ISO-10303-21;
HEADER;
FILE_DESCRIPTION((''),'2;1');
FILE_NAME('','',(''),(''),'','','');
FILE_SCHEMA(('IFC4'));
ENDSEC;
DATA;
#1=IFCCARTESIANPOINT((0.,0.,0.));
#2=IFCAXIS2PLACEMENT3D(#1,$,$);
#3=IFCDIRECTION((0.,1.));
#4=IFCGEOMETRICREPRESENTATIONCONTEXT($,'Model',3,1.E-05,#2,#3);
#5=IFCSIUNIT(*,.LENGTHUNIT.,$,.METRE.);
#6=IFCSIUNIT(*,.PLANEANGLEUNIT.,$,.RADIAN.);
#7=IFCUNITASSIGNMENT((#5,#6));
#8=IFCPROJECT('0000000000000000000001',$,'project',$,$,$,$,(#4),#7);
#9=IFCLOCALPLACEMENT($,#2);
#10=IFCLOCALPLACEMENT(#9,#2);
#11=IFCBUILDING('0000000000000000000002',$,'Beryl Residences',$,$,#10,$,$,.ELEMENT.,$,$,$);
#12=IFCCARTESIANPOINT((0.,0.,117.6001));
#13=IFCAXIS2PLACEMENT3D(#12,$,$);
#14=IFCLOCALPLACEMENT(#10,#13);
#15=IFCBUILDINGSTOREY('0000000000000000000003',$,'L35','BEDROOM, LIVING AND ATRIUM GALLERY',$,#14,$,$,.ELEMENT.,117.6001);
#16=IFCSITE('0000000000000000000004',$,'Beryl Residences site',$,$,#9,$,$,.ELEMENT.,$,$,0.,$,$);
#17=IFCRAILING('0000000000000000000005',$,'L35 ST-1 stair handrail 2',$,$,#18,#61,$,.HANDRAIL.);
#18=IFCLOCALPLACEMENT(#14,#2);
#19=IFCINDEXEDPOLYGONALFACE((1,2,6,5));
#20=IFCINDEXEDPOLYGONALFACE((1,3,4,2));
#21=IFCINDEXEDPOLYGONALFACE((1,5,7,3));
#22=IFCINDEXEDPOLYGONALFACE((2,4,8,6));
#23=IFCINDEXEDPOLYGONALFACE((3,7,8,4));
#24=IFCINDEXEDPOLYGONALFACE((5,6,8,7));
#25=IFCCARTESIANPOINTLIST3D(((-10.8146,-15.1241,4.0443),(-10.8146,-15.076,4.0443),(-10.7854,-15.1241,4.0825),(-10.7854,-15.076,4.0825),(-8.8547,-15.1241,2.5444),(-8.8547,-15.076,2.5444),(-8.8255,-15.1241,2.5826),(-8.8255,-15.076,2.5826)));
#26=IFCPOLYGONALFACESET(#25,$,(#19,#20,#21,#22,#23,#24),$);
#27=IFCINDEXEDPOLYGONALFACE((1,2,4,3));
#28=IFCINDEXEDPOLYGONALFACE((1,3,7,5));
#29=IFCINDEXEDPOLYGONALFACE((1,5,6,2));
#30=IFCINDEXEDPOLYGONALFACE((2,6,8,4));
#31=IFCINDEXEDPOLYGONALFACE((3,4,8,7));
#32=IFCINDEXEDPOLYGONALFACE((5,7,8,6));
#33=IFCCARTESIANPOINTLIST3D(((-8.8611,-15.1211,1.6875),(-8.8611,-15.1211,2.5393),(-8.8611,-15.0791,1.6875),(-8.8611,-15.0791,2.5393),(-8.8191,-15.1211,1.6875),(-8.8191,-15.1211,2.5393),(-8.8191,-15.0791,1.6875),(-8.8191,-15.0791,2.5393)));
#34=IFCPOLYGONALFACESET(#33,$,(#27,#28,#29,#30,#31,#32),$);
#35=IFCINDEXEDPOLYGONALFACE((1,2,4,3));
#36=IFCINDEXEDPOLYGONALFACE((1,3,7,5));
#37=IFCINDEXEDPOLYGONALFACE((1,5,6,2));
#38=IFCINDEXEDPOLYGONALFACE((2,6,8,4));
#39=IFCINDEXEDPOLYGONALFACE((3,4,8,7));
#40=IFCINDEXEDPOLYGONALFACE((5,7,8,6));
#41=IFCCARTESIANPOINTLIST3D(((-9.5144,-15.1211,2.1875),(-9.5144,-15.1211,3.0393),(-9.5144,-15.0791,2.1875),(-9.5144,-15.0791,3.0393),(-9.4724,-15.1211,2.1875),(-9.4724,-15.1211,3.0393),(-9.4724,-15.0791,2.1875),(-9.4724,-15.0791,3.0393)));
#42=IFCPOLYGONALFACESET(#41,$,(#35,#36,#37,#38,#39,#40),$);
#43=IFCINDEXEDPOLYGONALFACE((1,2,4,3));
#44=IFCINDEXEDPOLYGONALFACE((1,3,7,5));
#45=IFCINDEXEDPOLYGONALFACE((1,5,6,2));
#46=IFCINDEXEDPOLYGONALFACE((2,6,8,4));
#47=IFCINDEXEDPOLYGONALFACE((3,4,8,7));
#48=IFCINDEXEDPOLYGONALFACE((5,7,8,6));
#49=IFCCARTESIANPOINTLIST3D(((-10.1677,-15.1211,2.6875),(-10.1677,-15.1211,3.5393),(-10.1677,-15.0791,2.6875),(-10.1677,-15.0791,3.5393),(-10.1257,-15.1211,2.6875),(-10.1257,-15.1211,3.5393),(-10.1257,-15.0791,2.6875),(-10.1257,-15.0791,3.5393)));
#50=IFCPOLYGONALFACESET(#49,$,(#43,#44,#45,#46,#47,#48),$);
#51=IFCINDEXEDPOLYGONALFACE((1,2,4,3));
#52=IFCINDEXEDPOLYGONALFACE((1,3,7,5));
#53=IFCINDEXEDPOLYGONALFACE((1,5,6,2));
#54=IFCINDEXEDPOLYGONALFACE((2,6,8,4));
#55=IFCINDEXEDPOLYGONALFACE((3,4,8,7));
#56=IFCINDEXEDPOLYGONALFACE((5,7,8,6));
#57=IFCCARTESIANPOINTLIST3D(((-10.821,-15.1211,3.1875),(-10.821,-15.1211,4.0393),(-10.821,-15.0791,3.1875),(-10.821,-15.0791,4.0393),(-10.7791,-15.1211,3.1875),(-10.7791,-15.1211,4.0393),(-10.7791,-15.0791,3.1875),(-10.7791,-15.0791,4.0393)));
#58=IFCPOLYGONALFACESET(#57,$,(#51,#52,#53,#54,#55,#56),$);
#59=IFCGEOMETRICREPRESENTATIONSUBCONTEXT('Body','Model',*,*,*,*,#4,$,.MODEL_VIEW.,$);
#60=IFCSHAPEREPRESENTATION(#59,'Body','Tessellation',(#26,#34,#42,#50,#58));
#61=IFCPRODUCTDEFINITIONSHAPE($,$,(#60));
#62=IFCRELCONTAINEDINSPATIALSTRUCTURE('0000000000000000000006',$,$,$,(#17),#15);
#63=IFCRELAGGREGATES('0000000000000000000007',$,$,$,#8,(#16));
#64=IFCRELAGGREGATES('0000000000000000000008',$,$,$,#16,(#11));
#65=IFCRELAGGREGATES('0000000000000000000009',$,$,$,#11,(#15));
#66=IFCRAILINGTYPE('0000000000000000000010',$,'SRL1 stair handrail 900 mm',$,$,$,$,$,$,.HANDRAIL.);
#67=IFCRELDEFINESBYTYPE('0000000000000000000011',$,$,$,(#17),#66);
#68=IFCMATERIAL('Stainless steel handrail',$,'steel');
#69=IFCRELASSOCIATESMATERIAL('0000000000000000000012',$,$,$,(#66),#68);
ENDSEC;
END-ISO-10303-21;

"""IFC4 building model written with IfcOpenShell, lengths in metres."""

from ifc_helpers import new_model, si_unit, direction, frame, origin, origin_2d, place, context, subcontext, project, spatial, rectangle, extrude, material, type_object, element, save


model = new_model("IFC4")

# Units and contexts
model_context = context("Model", 3, precision=1e-05, world=origin(), true_north=direction((0.0, 1.0)))
body_context = subcontext(model_context, "Body", "Model", "MODEL_VIEW")
ifc_project = project(units=[si_unit("LENGTHUNIT", "METRE"), si_unit("PLANEANGLEUNIT", "RADIAN")], contexts=[model_context])

# Site, building, storey
site_placement = place(None, origin())
site = spatial("IfcSite", under=ifc_project, at=site_placement, Name="Beryl Residences site", CompositionType="ELEMENT", RefElevation=0.0)
building_placement = place(site_placement, origin())
building = spatial("IfcBuilding", under=site, at=building_placement, Name="Beryl Residences", CompositionType="ELEMENT")
storey_placement = place(building_placement, frame((0.0, 0.0, 117.6001)))
storey = spatial("IfcBuildingStorey", under=building, at=storey_placement, Name="L35", Description="BEDROOM, LIVING AND ATRIUM GALLERY", CompositionType="ELEMENT", Elevation=117.6001)

# Railing
ifc_material_1 = material(Name="Stainless steel handrail", Category="steel")
railing_type_1 = type_object("IfcRailingType", Name="SRL1 stair handrail 900 mm", PredefinedType="HANDRAIL", material=ifc_material_1)
railing_1_placement = place(storey_placement, frame((-8.8401, -15.1001, 1.6875)))
element("IfcRailing", 1, at=railing_1_placement, inside=storey, type_object=railing_type_1, Name="L35 ST-1 stair handrail 2", PredefinedType="HANDRAIL", context=body_context, shape_type="SweptSolid", body=[
    extrude(rectangle(XDim=0.0481, YDim=0.0481, at=origin_2d()), frame((0.0, 0.0, 0.876), z_axis=(-0.794122, 0.0, 0.607758), x_axis=(0.0, -1.0, 0.0)), (0.0, 0.0, 1.0), 2.468),
    extrude(rectangle(XDim=0.042, YDim=0.042, at=origin_2d()), origin(), (0.0, 0.0, 1.0), 0.8518),
    extrude(rectangle(XDim=0.042, YDim=0.042, at=origin_2d()), frame((-0.6533, 0.0, 0.5)), (0.0, 0.0, 1.0), 0.8518),
    extrude(rectangle(XDim=0.042, YDim=0.042, at=origin_2d()), frame((-1.3066, 0.0, 1.0)), (0.0, 0.0, 1.0), 0.8518),
    extrude(rectangle(XDim=0.042, YDim=0.042, at=origin_2d()), frame((-1.96, 0.0, 1.5)), (0.0, 0.0, 1.0), 0.8518),
])

save(model, "model.ifc")
